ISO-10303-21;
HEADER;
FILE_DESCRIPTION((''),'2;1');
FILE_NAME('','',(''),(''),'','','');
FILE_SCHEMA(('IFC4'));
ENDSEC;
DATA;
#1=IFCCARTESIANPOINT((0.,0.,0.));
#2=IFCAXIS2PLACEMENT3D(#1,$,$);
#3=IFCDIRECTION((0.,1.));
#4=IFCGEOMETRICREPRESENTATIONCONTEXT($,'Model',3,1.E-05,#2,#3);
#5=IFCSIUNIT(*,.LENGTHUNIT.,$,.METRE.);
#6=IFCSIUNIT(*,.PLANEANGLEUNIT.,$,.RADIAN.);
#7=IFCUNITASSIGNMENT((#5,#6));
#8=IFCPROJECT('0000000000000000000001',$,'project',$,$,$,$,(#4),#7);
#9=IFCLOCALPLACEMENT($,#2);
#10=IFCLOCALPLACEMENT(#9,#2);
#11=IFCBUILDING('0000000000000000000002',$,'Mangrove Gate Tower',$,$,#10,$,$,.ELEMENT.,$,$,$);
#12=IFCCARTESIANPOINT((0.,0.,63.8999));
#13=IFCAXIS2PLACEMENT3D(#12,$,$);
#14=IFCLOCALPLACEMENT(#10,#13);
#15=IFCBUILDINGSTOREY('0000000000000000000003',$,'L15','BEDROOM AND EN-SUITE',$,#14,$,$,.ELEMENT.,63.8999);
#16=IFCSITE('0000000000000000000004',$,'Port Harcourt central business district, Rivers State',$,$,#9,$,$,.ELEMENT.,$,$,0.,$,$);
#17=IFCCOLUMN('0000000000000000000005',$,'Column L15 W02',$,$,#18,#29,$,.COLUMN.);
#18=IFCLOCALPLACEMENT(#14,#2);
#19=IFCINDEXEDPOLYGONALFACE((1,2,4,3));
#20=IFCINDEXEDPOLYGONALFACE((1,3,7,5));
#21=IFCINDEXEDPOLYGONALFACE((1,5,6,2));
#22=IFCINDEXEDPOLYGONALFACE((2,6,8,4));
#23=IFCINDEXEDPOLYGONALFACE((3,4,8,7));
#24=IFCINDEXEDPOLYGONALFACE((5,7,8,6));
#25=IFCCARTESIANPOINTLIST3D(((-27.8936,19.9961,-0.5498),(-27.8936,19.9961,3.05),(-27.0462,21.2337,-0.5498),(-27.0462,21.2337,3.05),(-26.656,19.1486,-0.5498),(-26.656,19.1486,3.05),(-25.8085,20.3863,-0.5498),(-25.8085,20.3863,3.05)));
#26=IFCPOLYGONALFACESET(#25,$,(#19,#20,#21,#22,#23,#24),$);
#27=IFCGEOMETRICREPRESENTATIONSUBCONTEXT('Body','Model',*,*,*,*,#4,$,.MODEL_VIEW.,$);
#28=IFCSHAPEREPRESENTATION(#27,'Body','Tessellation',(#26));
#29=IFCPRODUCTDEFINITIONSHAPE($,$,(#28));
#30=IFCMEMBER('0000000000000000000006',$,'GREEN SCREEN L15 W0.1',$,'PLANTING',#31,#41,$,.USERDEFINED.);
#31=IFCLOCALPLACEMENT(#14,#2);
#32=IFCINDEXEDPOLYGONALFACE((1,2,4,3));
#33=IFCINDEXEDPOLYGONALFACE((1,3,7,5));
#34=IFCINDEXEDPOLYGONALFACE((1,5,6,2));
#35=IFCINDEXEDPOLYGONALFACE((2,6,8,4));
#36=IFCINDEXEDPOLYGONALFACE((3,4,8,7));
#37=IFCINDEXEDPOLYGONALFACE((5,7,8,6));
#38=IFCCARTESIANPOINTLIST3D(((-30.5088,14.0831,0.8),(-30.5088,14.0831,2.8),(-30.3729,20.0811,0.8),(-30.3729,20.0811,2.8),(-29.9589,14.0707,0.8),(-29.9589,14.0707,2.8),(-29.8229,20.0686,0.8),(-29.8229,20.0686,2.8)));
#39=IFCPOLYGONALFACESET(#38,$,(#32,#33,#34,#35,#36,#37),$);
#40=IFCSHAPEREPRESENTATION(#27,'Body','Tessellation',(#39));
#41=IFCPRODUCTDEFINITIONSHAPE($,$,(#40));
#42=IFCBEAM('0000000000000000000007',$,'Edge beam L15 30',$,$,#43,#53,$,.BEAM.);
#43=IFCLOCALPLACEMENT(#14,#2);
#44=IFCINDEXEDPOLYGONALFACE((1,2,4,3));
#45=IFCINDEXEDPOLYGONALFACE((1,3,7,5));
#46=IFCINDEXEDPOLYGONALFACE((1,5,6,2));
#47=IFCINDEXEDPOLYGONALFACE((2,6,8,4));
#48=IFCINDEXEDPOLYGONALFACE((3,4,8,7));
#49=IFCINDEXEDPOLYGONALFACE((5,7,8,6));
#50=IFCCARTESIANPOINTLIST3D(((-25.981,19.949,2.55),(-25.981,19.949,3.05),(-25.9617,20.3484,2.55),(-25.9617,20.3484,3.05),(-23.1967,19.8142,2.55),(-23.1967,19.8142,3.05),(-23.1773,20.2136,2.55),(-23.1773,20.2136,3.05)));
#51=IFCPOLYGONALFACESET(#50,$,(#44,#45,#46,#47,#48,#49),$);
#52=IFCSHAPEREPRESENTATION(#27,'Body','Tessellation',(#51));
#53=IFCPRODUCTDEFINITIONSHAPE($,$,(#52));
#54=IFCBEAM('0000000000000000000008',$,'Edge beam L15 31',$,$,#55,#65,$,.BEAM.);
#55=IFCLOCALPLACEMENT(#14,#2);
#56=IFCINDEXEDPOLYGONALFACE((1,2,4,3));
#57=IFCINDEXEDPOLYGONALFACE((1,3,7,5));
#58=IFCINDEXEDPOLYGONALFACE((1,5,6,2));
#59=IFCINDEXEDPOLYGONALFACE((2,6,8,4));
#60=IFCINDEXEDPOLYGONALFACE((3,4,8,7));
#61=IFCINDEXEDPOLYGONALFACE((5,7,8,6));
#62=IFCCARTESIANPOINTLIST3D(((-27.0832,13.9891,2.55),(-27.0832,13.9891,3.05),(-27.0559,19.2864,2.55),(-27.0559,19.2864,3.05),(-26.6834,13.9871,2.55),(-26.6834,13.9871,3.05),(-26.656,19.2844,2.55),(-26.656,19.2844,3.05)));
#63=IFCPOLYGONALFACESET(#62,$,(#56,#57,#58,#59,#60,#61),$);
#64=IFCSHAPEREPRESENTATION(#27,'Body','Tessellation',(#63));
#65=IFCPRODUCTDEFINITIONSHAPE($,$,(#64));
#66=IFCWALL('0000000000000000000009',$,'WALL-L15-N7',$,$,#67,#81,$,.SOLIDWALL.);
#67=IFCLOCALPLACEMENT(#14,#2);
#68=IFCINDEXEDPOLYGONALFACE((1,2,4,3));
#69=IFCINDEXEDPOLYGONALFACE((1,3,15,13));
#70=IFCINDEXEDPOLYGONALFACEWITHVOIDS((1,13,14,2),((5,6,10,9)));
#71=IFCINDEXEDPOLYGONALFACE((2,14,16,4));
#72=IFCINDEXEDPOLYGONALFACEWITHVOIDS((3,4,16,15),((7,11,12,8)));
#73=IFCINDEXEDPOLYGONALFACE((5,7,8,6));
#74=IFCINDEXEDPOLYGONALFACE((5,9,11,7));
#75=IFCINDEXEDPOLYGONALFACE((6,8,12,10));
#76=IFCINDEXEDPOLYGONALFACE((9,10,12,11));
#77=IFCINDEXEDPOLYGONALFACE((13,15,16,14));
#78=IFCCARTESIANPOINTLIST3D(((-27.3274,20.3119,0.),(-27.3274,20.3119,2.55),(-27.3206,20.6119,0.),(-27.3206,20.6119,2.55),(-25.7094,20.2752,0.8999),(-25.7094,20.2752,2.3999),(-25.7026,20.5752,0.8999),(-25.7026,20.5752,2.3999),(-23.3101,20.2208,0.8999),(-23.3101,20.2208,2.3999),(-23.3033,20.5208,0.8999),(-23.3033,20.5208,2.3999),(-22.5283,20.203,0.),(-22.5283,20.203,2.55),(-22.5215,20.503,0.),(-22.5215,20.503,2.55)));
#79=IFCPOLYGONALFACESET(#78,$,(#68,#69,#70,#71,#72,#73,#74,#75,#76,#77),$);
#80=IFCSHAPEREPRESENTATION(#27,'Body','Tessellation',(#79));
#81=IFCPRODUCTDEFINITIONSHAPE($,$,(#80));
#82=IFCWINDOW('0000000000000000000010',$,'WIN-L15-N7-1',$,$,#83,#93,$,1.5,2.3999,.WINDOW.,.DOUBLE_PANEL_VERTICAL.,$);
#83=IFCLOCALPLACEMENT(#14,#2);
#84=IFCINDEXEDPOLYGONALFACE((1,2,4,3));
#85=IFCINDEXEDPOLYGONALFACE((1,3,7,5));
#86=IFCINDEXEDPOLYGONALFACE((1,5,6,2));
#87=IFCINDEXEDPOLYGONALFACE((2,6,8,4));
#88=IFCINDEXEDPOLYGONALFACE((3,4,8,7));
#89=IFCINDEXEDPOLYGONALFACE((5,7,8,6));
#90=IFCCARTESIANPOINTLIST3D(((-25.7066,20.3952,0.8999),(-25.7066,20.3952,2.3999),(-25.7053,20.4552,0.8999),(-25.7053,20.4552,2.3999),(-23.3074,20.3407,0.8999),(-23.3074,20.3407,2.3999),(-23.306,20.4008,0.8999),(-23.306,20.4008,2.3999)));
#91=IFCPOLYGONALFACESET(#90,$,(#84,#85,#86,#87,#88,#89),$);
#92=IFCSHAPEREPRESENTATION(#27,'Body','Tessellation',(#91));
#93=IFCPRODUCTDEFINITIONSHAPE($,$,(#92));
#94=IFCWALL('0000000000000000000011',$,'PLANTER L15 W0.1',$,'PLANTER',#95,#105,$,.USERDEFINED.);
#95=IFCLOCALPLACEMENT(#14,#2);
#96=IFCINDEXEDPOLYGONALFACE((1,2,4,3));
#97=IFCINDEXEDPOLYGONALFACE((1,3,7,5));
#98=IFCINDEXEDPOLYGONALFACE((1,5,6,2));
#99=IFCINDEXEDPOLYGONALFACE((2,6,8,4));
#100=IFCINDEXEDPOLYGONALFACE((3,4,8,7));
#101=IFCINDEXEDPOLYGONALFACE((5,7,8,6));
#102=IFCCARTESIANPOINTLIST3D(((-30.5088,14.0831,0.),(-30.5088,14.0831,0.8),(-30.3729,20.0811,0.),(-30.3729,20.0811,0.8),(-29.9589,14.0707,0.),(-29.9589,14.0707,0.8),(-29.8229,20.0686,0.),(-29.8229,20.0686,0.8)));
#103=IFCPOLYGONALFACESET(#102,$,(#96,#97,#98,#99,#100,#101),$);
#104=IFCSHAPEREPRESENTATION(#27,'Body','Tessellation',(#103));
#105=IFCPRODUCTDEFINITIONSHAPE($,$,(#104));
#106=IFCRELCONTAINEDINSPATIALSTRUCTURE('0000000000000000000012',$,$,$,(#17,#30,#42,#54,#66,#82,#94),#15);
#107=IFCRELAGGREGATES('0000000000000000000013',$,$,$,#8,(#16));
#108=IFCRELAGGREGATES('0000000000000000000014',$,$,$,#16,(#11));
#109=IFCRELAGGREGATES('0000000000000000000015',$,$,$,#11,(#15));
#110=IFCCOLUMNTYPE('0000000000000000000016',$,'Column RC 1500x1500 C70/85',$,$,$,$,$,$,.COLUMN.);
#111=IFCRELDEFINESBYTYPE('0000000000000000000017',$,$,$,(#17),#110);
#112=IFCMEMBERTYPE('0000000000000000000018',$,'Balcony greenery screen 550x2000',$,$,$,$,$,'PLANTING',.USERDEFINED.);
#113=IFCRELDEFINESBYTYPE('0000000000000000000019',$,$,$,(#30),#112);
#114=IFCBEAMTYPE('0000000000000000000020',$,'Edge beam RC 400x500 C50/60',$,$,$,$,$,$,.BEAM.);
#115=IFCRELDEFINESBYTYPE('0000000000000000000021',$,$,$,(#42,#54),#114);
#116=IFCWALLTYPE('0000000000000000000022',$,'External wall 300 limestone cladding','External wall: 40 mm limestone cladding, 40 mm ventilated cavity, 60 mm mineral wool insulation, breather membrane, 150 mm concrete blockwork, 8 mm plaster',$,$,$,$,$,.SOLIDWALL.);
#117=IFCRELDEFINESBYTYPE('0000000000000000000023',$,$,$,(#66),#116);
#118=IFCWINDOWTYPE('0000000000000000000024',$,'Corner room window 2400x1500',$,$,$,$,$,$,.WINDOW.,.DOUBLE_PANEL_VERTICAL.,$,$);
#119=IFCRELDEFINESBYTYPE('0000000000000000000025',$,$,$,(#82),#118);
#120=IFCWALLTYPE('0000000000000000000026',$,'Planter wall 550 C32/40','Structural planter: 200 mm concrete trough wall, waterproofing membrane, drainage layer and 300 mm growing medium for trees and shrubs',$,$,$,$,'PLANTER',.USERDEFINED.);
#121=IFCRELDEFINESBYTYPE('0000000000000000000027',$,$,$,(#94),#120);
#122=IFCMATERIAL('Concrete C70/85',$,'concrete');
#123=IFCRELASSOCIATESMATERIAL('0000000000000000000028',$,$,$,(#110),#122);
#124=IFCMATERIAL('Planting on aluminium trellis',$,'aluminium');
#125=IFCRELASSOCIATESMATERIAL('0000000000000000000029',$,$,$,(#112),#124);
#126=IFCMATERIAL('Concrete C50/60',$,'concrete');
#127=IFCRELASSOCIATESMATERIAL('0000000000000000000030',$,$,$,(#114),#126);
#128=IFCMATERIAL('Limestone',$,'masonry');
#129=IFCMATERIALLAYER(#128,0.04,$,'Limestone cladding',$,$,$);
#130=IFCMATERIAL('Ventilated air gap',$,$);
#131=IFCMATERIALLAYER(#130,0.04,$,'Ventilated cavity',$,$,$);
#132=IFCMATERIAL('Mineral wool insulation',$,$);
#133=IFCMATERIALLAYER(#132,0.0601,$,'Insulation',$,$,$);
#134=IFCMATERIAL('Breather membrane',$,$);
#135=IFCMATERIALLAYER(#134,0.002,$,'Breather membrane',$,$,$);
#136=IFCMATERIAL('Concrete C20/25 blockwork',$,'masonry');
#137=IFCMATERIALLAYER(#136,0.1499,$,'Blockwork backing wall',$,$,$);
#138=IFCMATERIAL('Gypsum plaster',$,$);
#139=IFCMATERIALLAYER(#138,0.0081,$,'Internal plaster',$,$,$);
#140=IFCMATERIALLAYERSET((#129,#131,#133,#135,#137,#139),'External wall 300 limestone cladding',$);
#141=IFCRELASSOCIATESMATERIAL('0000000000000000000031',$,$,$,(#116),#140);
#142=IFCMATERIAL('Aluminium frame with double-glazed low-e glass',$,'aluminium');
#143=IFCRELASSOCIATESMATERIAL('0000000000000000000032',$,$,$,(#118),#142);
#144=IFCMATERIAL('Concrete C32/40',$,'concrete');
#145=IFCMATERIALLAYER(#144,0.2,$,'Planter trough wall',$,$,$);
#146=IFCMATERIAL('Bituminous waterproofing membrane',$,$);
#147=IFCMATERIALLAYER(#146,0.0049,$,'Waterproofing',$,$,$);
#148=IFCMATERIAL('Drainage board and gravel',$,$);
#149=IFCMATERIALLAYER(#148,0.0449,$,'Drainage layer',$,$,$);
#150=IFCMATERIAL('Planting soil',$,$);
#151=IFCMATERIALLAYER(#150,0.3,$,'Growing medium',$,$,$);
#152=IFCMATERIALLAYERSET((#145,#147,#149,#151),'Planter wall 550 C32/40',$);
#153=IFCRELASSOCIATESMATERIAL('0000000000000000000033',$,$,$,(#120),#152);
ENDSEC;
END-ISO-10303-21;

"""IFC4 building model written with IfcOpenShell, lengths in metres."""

from ifc_helpers import new_model, si_unit, direction, frame, frame_2d, origin, origin_2d, place, context, subcontext, project, spatial, rectangle, extrude, material, layer, layer_set, material_profile, profile_set, type_object, element, fill, save


model = new_model("IFC4")

# Units and contexts
model_context = context("Model", 3, precision=1e-05, world=origin(), true_north=direction((0.0, 1.0)))
body_context = subcontext(model_context, "Body", "Model", "MODEL_VIEW")
ifc_project = project(units=[si_unit("LENGTHUNIT", "METRE"), si_unit("PLANEANGLEUNIT", "RADIAN")], contexts=[model_context])

# Site, building, storey
site_placement = place(None, origin())
site = spatial("IfcSite", under=ifc_project, at=site_placement, Name="Port Harcourt central business district, Rivers State", CompositionType="ELEMENT", RefElevation=0.0)
building_placement = place(site_placement, origin())
building = spatial("IfcBuilding", under=site, at=building_placement, Name="Mangrove Gate Tower", CompositionType="ELEMENT")
storey_placement = place(building_placement, frame((0.0, 0.0, 63.8999)))
storey = spatial("IfcBuildingStorey", under=building, at=storey_placement, Name="L15", Description="BEDROOM AND EN-SUITE", CompositionType="ELEMENT", Elevation=63.8999)

# Column
ifc_material_1 = material(Name="Concrete C70/85", Category="concrete")
ifc_material_profile_1 = material_profile(ifc_material_1, rectangle(XDim=1.5, YDim=1.5, at=origin_2d()))
ifc_profile_set_1 = profile_set([ifc_material_profile_1], Name="Concrete C70/85")
column_type = type_object("IfcColumnType", Name="Column RC 1500x1500 C70/85", PredefinedType="COLUMN", material=ifc_profile_set_1)
column_placement = place(storey_placement, frame((-26.8511, 20.1912, -0.5498), z_axis=(0.0, 0.0, 1.0), x_axis=(-0.564978, -0.825106, 0.0)))
element("IfcColumn", 1, at=column_placement, inside=storey, type_object=column_type, Name="Column L15 W02", PredefinedType="COLUMN", context=body_context, shape_type="SweptSolid", body=[
    extrude(rectangle(XDim=1.5, YDim=1.5, at=origin_2d()), origin(), (0.0, 0.0, 1.0), 3.5999),
])

# Member
ifc_material_2 = material(Name="Planting on aluminium trellis", Category="aluminium")
ifc_material_profile_2 = material_profile(ifc_material_2, rectangle(XDim=0.55, YDim=2.0, at=origin_2d()))
ifc_profile_set_2 = profile_set([ifc_material_profile_2], Name="Planting on aluminium trellis")
member_type = type_object("IfcMemberType", Name="Balcony greenery screen 550x2000", ElementType="PLANTING", PredefinedType="USERDEFINED", material=ifc_profile_set_2)
member_placement = place(storey_placement, frame((-30.2339, 14.0769, 1.8), z_axis=(0.022666, 0.999743, 0.0), x_axis=(-0.999743, 0.022666, 0.0)))
element("IfcMember", 2, at=member_placement, inside=storey, type_object=member_type, Name="GREEN SCREEN L15 W0.1", ObjectType="PLANTING", PredefinedType="USERDEFINED", context=body_context, shape_type="SweptSolid", body=[
    extrude(rectangle(XDim=0.55, YDim=2.0, at=origin_2d()), origin(), (0.0, 0.0, 1.0), 5.9995),
])

# Beams
ifc_material_3 = material(Name="Concrete C50/60", Category="concrete")
ifc_material_profile_3 = material_profile(ifc_material_3, rectangle(XDim=0.3999, YDim=0.5, at=origin_2d()))
ifc_profile_set_3 = profile_set([ifc_material_profile_3], Name="Concrete C50/60")
beam_type = type_object("IfcBeamType", Name="Edge beam RC 400x500 C50/60", PredefinedType="BEAM", material=ifc_profile_set_3)
beam_1_placement = place(storey_placement, frame((-23.187, 20.0139, 2.8), z_axis=(-0.998831, 0.048343, 0.0), x_axis=(-0.048343, -0.998831, 0.0)))
element("IfcBeam", 3, at=beam_1_placement, inside=storey, type_object=beam_type, Name="Edge beam L15 30", PredefinedType="BEAM", context=body_context, shape_type="SweptSolid", body=[
    extrude(rectangle(XDim=0.3999, YDim=0.5, at=origin_2d()), origin(), (0.0, 0.0, 1.0), 2.7876),
])
beam_2_placement = place(storey_placement, frame((-26.856, 19.2854, 2.8), z_axis=(-0.005162, -0.999987, 0.0), x_axis=(0.999987, -0.005162, 0.0)))
element("IfcBeam", 4, at=beam_2_placement, inside=storey, type_object=beam_type, Name="Edge beam L15 31", PredefinedType="BEAM", context=body_context, shape_type="SweptSolid", body=[
    extrude(rectangle(XDim=0.3999, YDim=0.5, at=origin_2d()), origin(), (0.0, 0.0, 1.0), 5.2974),
])

# Wall, opening, window
ifc_material_4 = material(Name="Limestone", Category="masonry")
ifc_layer_1 = layer(ifc_material_4, 0.04, Name="Limestone cladding")
ifc_material_5 = material(Name="Ventilated air gap")
ifc_layer_2 = layer(ifc_material_5, 0.04, Name="Ventilated cavity")
ifc_material_6 = material(Name="Mineral wool insulation")
ifc_layer_3 = layer(ifc_material_6, 0.0601, Name="Insulation")
ifc_material_7 = material(Name="Breather membrane")
ifc_layer_4 = layer(ifc_material_7, 0.002, Name="Breather membrane")
ifc_material_8 = material(Name="Concrete C20/25 blockwork", Category="masonry")
ifc_layer_5 = layer(ifc_material_8, 0.1499, Name="Blockwork backing wall")
ifc_material_9 = material(Name="Gypsum plaster")
ifc_layer_6 = layer(ifc_material_9, 0.0081, Name="Internal plaster")
ifc_layer_set_1 = layer_set([ifc_layer_1, ifc_layer_2, ifc_layer_3, ifc_layer_4, ifc_layer_5, ifc_layer_6], Name="External wall 300 limestone cladding")
wall_type_1 = type_object("IfcWallType", Name="External wall 300 limestone cladding", Description="External wall: 40 mm limestone cladding, 40 mm ventilated cavity, 60 mm mineral wool insulation, breather membrane, 150 mm concrete blockwork, 8 mm plaster", PredefinedType="SOLIDWALL", material=ifc_layer_set_1)
wall_1_placement = place(storey_placement, frame((-22.5249, 20.353, 0.0), z_axis=(0.0, 0.0, 1.0), x_axis=(-0.999743, 0.022683, 0.0)))
wall_1 = element("IfcWall", 5, at=wall_1_placement, inside=storey, type_object=wall_type_1, Name="WALL-L15-N7", PredefinedType="SOLIDWALL", context=body_context, shape_type="SweptSolid", body=[
    extrude(rectangle(XDim=4.8003, YDim=0.3, at=frame_2d((2.4001, 0.0))), origin(), (0.0, 0.0, 1.0), 2.55),
])
opening_1_placement = place(wall_1_placement, frame((0.782, 0.0, 0.8999)))
opening_1 = element("IfcOpeningElement", 6, at=opening_1_placement, cuts=wall_1, PredefinedType="OPENING", context=body_context, shape_type="SweptSolid", body=[
    extrude(rectangle(XDim=2.3999, YDim=1.5, at=frame_2d((1.2, 0.75))), frame((0.0, 0.1599, 0.0), z_axis=(0.0, -1.0, 0.0), x_axis=(1.0, 0.0, 0.0)), (0.0, 0.0, 1.0), 0.3201),
])
ifc_material_10 = material(Name="Aluminium frame with double-glazed low-e glass", Category="aluminium")
window_type = type_object("IfcWindowType", Name="Corner room window 2400x1500", PartitioningType="DOUBLE_PANEL_VERTICAL", PredefinedType="WINDOW", material=ifc_material_10)
window_1_placement = place(opening_1_placement, origin())
window_1 = element("IfcWindow", 7, at=window_1_placement, inside=storey, type_object=window_type, Name="WIN-L15-N7-1", OverallHeight=1.5, OverallWidth=2.3999, PartitioningType="DOUBLE_PANEL_VERTICAL", PredefinedType="WINDOW", context=body_context, shape_type="SweptSolid", body=[
    extrude(rectangle(XDim=2.3999, YDim=1.5, at=frame_2d((1.2, 0.75))), frame((0.0, 0.03, 0.0), z_axis=(0.0, -1.0, 0.0), x_axis=(1.0, 0.0, 0.0)), (0.0, 0.0, 1.0), 0.0601),
])
fill(opening_1, window_1)

# Wall
ifc_material_11 = material(Name="Concrete C32/40", Category="concrete")
ifc_layer_7 = layer(ifc_material_11, 0.2, Name="Planter trough wall")
ifc_material_12 = material(Name="Bituminous waterproofing membrane")
ifc_layer_8 = layer(ifc_material_12, 0.0049, Name="Waterproofing")
ifc_material_13 = material(Name="Drainage board and gravel")
ifc_layer_9 = layer(ifc_material_13, 0.0449, Name="Drainage layer")
ifc_material_14 = material(Name="Planting soil")
ifc_layer_10 = layer(ifc_material_14, 0.3, Name="Growing medium")
ifc_layer_set_2 = layer_set([ifc_layer_7, ifc_layer_8, ifc_layer_9, ifc_layer_10], Name="Planter wall 550 C32/40")
wall_type_2 = type_object("IfcWallType", Name="Planter wall 550 C32/40", Description="Structural planter: 200 mm concrete trough wall, waterproofing membrane, drainage layer and 300 mm growing medium for trees and shrubs", ElementType="PLANTER", PredefinedType="USERDEFINED", material=ifc_layer_set_2)
wall_2_placement = place(storey_placement, frame((-30.2339, 14.0769, 0.0), z_axis=(0.0, 0.0, 1.0), x_axis=(0.022666, 0.999743, 0.0)))
element("IfcWall", 8, at=wall_2_placement, inside=storey, type_object=wall_type_2, Name="PLANTER L15 W0.1", ObjectType="PLANTER", PredefinedType="USERDEFINED", context=body_context, shape_type="SweptSolid", body=[
    extrude(rectangle(XDim=5.9995, YDim=0.55, at=frame_2d((2.9998, 0.0))), origin(), (0.0, 0.0, 1.0), 0.8),
])

save(model, "model.ifc")
